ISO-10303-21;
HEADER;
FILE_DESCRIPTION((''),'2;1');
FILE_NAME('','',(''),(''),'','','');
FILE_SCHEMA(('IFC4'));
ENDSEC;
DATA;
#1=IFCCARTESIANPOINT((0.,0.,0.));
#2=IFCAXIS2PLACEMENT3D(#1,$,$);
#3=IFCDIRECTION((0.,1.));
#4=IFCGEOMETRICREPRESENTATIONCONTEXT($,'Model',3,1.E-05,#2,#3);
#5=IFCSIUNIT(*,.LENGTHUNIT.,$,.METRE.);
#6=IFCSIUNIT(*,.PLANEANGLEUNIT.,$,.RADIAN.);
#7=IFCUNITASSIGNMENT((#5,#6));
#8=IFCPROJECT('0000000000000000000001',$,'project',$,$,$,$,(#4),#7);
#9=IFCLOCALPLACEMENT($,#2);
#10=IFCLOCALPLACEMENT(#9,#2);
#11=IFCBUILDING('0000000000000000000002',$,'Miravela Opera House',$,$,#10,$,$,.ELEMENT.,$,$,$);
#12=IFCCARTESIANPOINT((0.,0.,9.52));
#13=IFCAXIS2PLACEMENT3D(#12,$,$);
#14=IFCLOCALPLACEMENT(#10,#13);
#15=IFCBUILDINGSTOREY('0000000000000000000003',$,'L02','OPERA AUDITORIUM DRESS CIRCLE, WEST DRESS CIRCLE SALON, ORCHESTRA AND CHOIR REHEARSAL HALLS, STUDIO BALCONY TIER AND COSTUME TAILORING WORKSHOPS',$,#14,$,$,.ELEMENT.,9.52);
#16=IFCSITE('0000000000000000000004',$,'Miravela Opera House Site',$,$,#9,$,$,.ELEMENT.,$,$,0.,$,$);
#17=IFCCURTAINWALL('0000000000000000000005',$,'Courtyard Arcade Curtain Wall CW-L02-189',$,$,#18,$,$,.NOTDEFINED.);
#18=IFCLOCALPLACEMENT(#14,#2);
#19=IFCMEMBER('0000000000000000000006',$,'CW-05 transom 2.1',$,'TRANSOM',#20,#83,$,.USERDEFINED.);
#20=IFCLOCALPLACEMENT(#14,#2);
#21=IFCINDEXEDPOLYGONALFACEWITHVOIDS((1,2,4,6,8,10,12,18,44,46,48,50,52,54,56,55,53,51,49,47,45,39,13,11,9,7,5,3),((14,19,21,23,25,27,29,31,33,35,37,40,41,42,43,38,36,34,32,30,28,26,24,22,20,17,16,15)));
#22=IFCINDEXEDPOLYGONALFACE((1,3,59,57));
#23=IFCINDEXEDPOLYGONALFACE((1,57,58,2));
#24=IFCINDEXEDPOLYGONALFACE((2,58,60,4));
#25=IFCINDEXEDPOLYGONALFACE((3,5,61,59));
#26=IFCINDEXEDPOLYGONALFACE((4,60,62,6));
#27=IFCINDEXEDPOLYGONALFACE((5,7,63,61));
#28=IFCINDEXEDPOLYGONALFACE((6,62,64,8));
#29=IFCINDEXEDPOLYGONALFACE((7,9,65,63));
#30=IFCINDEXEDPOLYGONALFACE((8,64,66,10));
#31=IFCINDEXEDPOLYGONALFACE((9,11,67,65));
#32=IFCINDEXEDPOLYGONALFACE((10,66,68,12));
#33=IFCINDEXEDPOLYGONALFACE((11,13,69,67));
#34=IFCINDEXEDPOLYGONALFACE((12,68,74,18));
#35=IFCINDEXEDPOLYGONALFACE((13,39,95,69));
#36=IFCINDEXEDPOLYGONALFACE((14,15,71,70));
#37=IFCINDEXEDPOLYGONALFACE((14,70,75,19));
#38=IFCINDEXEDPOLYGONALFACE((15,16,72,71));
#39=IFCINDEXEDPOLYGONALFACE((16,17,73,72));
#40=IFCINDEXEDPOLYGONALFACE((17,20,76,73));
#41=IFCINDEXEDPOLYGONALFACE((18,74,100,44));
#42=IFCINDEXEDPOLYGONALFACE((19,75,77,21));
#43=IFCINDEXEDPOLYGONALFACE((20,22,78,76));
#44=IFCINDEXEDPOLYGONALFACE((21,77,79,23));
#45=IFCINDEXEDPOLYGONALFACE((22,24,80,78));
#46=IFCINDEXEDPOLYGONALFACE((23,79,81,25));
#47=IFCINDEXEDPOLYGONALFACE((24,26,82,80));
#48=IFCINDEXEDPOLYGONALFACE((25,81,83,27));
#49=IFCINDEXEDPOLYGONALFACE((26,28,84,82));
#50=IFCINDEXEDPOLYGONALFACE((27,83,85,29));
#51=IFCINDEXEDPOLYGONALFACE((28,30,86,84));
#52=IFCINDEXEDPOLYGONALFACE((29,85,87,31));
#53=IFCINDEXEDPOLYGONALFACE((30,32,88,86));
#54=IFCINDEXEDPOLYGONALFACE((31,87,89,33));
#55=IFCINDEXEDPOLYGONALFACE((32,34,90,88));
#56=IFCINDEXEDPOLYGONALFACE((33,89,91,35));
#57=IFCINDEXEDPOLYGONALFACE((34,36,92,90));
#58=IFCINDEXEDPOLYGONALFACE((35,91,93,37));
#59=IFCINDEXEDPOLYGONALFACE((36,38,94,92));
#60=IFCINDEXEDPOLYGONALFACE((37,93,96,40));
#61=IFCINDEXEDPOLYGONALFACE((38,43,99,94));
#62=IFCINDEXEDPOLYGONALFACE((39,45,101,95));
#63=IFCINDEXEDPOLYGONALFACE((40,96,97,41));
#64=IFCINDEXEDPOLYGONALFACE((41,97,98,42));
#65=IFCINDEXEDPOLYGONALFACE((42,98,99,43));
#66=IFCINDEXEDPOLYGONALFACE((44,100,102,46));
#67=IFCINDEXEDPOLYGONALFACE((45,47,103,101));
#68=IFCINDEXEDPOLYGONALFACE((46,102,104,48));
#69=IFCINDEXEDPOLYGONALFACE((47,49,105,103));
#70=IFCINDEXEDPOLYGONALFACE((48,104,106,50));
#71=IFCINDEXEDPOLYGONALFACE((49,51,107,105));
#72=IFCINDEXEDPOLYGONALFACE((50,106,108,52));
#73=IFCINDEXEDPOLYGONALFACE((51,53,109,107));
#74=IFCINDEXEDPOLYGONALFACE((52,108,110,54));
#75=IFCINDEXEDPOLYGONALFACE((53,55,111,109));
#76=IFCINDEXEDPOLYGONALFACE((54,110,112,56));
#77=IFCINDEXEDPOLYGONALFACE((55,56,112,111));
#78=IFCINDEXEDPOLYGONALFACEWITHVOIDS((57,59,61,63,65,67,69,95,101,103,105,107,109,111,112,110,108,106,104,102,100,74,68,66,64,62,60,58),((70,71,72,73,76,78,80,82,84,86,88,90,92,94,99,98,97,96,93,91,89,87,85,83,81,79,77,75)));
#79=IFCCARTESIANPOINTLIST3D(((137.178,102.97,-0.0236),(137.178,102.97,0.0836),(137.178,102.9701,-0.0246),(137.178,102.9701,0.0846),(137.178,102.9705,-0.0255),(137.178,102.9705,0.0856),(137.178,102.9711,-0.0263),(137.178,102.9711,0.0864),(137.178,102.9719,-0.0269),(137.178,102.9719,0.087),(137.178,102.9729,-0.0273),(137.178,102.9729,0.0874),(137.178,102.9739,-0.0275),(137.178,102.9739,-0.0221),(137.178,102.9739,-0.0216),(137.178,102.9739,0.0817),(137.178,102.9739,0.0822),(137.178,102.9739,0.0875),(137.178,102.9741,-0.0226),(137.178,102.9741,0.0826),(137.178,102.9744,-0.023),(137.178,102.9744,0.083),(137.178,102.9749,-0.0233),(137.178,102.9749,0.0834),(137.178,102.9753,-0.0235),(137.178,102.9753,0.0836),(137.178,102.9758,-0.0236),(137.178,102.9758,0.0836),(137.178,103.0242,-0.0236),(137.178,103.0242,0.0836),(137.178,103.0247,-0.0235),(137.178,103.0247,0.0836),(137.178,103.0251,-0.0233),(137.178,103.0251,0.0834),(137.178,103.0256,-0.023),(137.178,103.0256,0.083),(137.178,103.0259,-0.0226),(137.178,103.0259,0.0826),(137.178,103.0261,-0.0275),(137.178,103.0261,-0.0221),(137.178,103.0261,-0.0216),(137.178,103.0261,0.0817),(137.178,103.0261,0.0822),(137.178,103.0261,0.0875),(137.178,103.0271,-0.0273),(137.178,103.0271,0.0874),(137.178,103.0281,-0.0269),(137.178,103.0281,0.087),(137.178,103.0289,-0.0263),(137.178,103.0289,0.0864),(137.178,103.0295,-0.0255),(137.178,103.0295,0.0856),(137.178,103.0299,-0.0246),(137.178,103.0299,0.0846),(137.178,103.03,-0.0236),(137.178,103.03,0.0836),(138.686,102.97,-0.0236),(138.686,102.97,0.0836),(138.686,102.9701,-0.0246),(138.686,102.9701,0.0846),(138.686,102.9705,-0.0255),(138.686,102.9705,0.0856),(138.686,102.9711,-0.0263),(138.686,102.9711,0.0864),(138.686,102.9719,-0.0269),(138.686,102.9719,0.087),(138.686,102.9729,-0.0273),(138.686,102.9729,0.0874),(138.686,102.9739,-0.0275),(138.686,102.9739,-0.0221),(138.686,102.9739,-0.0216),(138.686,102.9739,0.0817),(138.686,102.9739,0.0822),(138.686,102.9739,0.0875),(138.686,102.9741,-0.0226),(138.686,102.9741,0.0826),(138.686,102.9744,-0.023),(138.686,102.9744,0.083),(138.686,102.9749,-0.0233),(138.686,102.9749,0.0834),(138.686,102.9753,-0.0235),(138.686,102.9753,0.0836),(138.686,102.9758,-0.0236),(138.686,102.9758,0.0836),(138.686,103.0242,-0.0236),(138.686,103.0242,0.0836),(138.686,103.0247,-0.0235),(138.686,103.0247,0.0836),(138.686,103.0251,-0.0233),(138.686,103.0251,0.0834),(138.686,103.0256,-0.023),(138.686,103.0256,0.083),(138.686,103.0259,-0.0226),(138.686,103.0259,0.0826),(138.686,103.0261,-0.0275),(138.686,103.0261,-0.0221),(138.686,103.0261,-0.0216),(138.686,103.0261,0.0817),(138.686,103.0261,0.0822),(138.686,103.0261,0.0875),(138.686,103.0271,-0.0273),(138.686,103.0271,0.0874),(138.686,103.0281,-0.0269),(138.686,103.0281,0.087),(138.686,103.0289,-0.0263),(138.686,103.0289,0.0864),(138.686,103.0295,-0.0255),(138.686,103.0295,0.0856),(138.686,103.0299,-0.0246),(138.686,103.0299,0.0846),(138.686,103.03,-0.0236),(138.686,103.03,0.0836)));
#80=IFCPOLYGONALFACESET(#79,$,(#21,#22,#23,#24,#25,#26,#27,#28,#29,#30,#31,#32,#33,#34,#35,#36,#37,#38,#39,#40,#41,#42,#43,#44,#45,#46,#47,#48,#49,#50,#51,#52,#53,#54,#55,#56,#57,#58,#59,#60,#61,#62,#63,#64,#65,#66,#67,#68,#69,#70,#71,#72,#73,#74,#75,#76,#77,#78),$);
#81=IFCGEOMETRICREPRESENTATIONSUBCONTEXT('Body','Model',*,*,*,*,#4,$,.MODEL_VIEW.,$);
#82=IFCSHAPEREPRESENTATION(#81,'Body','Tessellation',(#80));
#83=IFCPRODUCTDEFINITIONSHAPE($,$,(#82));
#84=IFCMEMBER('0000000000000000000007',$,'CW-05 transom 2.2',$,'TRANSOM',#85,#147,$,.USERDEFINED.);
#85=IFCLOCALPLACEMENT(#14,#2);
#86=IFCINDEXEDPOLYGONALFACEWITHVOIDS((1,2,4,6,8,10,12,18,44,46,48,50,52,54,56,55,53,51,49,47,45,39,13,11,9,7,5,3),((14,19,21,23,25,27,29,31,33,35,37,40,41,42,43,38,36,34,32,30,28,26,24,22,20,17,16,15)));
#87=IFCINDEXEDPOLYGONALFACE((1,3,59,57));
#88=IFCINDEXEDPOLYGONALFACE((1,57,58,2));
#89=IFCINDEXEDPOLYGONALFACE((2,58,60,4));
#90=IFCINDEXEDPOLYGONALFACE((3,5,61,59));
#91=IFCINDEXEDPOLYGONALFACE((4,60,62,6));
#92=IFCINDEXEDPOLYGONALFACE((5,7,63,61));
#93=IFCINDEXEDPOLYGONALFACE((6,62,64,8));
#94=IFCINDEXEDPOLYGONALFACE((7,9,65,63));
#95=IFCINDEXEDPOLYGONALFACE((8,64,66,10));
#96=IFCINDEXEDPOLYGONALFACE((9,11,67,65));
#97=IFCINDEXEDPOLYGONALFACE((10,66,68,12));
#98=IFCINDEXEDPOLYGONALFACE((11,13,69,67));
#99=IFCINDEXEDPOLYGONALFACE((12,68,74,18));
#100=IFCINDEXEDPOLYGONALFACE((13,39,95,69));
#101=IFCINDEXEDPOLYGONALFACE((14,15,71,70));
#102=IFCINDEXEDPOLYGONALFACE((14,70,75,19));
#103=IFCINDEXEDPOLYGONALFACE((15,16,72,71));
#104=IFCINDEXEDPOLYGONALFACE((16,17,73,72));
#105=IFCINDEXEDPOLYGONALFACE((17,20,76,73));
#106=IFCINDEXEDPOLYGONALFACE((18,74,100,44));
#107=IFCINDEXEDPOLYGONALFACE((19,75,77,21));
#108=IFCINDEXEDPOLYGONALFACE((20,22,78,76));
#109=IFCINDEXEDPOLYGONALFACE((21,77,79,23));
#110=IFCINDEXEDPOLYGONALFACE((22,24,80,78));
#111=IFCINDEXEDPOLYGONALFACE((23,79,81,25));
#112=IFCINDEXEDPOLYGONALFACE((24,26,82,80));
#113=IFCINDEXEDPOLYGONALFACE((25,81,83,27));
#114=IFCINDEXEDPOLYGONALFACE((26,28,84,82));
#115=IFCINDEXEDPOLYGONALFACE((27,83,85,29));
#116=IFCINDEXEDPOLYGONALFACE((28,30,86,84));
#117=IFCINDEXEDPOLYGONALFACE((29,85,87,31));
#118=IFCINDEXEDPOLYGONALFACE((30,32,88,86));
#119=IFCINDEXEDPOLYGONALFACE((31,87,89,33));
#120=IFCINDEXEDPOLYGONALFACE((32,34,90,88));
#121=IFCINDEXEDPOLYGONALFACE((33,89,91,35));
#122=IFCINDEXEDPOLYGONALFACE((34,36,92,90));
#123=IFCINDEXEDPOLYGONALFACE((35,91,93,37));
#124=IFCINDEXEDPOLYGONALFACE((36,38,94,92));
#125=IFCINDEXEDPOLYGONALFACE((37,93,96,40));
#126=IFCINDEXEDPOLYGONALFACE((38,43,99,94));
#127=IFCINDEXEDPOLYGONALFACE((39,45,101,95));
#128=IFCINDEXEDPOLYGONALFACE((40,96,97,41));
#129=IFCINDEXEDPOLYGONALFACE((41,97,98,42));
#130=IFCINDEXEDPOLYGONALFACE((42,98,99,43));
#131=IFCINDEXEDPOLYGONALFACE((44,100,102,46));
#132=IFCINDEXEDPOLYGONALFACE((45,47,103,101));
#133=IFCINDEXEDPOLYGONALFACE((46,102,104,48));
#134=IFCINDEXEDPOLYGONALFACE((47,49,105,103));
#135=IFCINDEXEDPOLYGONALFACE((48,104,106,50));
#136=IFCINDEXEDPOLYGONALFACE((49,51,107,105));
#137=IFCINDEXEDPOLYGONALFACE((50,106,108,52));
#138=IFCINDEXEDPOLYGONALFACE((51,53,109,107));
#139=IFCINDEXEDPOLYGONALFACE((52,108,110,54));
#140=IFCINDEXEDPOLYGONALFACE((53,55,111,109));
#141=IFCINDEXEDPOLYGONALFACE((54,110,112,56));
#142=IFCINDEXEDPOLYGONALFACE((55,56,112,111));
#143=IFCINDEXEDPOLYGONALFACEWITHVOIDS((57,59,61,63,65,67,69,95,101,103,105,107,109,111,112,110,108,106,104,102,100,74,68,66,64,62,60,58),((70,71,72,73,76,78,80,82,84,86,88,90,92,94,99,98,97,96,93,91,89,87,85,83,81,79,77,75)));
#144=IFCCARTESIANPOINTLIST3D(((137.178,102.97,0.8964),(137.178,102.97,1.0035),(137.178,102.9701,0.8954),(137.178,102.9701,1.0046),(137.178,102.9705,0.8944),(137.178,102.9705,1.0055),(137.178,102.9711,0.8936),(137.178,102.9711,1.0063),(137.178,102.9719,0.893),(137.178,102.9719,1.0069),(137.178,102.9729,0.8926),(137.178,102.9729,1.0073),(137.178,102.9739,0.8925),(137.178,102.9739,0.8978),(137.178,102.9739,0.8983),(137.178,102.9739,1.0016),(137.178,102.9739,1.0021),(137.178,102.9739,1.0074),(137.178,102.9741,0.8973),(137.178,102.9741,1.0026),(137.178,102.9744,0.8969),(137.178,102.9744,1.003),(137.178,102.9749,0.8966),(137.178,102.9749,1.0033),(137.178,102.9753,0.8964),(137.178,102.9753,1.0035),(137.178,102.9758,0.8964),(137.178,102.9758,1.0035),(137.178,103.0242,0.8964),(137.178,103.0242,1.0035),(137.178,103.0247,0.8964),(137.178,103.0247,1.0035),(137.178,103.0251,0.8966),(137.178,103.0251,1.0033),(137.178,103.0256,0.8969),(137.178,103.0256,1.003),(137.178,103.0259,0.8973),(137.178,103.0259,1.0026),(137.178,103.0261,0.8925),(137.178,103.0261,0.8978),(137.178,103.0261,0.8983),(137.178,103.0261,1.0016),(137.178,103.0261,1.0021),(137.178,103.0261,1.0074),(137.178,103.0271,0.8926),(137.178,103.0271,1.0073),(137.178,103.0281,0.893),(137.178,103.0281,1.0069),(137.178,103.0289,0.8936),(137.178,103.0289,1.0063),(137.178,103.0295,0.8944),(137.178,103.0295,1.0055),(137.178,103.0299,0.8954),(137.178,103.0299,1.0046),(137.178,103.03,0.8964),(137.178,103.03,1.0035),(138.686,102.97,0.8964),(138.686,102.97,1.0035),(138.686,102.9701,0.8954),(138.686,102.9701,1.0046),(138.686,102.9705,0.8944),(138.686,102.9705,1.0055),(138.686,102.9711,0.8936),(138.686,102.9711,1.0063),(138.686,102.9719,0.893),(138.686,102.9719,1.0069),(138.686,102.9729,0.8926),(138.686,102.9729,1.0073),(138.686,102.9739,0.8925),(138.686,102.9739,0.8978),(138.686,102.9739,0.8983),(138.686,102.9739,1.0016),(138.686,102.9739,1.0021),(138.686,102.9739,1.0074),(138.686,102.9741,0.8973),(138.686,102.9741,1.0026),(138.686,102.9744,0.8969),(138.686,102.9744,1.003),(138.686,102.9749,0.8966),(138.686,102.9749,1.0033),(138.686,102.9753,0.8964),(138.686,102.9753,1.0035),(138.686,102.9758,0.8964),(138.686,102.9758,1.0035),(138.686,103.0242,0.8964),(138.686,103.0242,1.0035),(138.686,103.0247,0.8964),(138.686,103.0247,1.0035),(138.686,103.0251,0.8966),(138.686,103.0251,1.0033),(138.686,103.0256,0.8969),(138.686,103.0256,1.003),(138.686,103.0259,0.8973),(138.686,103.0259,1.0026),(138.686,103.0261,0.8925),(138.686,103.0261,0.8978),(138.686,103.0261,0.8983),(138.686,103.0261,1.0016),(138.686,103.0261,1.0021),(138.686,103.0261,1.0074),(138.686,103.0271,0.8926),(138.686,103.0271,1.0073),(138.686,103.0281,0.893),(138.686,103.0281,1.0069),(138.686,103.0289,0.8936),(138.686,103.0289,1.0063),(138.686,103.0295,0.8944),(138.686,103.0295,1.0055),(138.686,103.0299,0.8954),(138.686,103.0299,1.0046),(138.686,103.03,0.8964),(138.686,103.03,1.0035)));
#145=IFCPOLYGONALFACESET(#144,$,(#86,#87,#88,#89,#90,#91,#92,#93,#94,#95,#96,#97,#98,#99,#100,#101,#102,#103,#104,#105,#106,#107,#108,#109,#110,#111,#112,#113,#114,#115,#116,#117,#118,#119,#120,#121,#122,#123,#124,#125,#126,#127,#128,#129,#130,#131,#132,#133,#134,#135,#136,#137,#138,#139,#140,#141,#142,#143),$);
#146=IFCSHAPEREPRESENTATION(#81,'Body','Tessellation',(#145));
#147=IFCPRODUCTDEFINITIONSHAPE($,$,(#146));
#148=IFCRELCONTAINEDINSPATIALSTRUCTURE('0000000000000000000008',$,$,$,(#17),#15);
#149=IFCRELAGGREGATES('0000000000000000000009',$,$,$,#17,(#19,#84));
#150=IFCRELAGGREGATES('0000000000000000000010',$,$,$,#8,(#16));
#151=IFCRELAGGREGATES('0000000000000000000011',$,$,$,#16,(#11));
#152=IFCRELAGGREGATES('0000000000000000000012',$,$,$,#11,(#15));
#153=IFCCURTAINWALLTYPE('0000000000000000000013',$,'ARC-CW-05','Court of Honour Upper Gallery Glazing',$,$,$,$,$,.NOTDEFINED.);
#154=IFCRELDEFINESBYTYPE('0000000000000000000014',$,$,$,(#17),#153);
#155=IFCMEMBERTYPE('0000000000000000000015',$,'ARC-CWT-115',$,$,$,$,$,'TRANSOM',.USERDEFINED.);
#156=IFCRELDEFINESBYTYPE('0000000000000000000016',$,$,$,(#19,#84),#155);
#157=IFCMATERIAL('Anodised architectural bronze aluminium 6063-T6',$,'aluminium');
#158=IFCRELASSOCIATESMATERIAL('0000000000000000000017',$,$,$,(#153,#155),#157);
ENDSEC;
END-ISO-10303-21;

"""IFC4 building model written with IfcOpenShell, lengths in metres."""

from ifc_helpers import new_model, si_unit, direction, frame, origin, origin_2d, place, context, subcontext, project, spatial, hollow_rectangle, extrude, material, material_profile, profile_set, type_object, element, aggregate, save


model = new_model("IFC4")

# Units and contexts
model_context = context("Model", 3, precision=1e-05, world=origin(), true_north=direction((0.0, 1.0)))
body_context = subcontext(model_context, "Body", "Model", "MODEL_VIEW")
ifc_project = project(units=[si_unit("LENGTHUNIT", "METRE"), si_unit("PLANEANGLEUNIT", "RADIAN")], contexts=[model_context])

# Site, building, storey
site_placement = place(None, origin())
site = spatial("IfcSite", under=ifc_project, at=site_placement, Name="Miravela Opera House Site", CompositionType="ELEMENT", RefElevation=0.0)
building_placement = place(site_placement, origin())
building = spatial("IfcBuilding", under=site, at=building_placement, Name="Miravela Opera House", CompositionType="ELEMENT")
storey_placement = place(building_placement, frame((0.0, 0.0, 9.52)))
storey = spatial("IfcBuildingStorey", under=building, at=storey_placement, Name="L02", Description="OPERA AUDITORIUM DRESS CIRCLE, WEST DRESS CIRCLE SALON, ORCHESTRA AND CHOIR REHEARSAL HALLS, STUDIO BALCONY TIER AND COSTUME TAILORING WORKSHOPS", CompositionType="ELEMENT", Elevation=9.52)

# Shared definitions
ifc_material_1 = material(Name="Anodised architectural bronze aluminium 6063-T6", Category="aluminium")
curtain_wall_type = type_object("IfcCurtainWallType", Name="ARC-CW-05", Description="Court of Honour Upper Gallery Glazing", PredefinedType="NOTDEFINED", material=ifc_material_1)

# Curtain wall
curtain_wall_1_placement = place(storey_placement, origin())
curtain_wall_1 = element("IfcCurtainWall", 1, at=curtain_wall_1_placement, inside=storey, type_object=curtain_wall_type, Name="Courtyard Arcade Curtain Wall CW-L02-189", PredefinedType="NOTDEFINED")

# Members
ifc_material_profile_1 = material_profile(ifc_material_1, hollow_rectangle(XDim=0.0601, YDim=0.115, WallThickness=0.0039, InnerFilletRadius=0.002, OuterFilletRadius=0.0039, at=origin_2d()), Name="CWT-60X115")
ifc_profile_set_1 = profile_set([ifc_material_profile_1])
member_type_1 = type_object("IfcMemberType", Name="ARC-CWT-115", ElementType="TRANSOM", PredefinedType="USERDEFINED", material=ifc_profile_set_1)
member_1_placement = place(storey_placement, frame((137.178, 103.0, 0.03), z_axis=(1.0, 0.0, 0.0), x_axis=(0.0, 1.0, 0.0)))
member_1 = element("IfcMember", 2, at=member_1_placement, type_object=member_type_1, Name="CW-05 transom 2.1", ObjectType="TRANSOM", PredefinedType="USERDEFINED", context=body_context, shape_type="SweptSolid", body=[
    extrude(hollow_rectangle(XDim=0.0601, YDim=0.115, WallThickness=0.0039, InnerFilletRadius=0.002, OuterFilletRadius=0.0039, at=origin_2d()), origin(), (0.0, 0.0, 1.0), 1.5081),
])
member_2_placement = place(storey_placement, frame((137.178, 103.0, 0.95), z_axis=(1.0, 0.0, 0.0), x_axis=(0.0, 1.0, 0.0)))
member_2 = element("IfcMember", 3, at=member_2_placement, type_object=member_type_1, Name="CW-05 transom 2.2", ObjectType="TRANSOM", PredefinedType="USERDEFINED", context=body_context, shape_type="SweptSolid", body=[
    extrude(hollow_rectangle(XDim=0.0601, YDim=0.115, WallThickness=0.0039, InnerFilletRadius=0.002, OuterFilletRadius=0.0039, at=origin_2d()), origin(), (0.0, 0.0, 1.0), 1.5081),
])

aggregate(curtain_wall_1, [member_1, member_2])

save(model, "model.ifc")
